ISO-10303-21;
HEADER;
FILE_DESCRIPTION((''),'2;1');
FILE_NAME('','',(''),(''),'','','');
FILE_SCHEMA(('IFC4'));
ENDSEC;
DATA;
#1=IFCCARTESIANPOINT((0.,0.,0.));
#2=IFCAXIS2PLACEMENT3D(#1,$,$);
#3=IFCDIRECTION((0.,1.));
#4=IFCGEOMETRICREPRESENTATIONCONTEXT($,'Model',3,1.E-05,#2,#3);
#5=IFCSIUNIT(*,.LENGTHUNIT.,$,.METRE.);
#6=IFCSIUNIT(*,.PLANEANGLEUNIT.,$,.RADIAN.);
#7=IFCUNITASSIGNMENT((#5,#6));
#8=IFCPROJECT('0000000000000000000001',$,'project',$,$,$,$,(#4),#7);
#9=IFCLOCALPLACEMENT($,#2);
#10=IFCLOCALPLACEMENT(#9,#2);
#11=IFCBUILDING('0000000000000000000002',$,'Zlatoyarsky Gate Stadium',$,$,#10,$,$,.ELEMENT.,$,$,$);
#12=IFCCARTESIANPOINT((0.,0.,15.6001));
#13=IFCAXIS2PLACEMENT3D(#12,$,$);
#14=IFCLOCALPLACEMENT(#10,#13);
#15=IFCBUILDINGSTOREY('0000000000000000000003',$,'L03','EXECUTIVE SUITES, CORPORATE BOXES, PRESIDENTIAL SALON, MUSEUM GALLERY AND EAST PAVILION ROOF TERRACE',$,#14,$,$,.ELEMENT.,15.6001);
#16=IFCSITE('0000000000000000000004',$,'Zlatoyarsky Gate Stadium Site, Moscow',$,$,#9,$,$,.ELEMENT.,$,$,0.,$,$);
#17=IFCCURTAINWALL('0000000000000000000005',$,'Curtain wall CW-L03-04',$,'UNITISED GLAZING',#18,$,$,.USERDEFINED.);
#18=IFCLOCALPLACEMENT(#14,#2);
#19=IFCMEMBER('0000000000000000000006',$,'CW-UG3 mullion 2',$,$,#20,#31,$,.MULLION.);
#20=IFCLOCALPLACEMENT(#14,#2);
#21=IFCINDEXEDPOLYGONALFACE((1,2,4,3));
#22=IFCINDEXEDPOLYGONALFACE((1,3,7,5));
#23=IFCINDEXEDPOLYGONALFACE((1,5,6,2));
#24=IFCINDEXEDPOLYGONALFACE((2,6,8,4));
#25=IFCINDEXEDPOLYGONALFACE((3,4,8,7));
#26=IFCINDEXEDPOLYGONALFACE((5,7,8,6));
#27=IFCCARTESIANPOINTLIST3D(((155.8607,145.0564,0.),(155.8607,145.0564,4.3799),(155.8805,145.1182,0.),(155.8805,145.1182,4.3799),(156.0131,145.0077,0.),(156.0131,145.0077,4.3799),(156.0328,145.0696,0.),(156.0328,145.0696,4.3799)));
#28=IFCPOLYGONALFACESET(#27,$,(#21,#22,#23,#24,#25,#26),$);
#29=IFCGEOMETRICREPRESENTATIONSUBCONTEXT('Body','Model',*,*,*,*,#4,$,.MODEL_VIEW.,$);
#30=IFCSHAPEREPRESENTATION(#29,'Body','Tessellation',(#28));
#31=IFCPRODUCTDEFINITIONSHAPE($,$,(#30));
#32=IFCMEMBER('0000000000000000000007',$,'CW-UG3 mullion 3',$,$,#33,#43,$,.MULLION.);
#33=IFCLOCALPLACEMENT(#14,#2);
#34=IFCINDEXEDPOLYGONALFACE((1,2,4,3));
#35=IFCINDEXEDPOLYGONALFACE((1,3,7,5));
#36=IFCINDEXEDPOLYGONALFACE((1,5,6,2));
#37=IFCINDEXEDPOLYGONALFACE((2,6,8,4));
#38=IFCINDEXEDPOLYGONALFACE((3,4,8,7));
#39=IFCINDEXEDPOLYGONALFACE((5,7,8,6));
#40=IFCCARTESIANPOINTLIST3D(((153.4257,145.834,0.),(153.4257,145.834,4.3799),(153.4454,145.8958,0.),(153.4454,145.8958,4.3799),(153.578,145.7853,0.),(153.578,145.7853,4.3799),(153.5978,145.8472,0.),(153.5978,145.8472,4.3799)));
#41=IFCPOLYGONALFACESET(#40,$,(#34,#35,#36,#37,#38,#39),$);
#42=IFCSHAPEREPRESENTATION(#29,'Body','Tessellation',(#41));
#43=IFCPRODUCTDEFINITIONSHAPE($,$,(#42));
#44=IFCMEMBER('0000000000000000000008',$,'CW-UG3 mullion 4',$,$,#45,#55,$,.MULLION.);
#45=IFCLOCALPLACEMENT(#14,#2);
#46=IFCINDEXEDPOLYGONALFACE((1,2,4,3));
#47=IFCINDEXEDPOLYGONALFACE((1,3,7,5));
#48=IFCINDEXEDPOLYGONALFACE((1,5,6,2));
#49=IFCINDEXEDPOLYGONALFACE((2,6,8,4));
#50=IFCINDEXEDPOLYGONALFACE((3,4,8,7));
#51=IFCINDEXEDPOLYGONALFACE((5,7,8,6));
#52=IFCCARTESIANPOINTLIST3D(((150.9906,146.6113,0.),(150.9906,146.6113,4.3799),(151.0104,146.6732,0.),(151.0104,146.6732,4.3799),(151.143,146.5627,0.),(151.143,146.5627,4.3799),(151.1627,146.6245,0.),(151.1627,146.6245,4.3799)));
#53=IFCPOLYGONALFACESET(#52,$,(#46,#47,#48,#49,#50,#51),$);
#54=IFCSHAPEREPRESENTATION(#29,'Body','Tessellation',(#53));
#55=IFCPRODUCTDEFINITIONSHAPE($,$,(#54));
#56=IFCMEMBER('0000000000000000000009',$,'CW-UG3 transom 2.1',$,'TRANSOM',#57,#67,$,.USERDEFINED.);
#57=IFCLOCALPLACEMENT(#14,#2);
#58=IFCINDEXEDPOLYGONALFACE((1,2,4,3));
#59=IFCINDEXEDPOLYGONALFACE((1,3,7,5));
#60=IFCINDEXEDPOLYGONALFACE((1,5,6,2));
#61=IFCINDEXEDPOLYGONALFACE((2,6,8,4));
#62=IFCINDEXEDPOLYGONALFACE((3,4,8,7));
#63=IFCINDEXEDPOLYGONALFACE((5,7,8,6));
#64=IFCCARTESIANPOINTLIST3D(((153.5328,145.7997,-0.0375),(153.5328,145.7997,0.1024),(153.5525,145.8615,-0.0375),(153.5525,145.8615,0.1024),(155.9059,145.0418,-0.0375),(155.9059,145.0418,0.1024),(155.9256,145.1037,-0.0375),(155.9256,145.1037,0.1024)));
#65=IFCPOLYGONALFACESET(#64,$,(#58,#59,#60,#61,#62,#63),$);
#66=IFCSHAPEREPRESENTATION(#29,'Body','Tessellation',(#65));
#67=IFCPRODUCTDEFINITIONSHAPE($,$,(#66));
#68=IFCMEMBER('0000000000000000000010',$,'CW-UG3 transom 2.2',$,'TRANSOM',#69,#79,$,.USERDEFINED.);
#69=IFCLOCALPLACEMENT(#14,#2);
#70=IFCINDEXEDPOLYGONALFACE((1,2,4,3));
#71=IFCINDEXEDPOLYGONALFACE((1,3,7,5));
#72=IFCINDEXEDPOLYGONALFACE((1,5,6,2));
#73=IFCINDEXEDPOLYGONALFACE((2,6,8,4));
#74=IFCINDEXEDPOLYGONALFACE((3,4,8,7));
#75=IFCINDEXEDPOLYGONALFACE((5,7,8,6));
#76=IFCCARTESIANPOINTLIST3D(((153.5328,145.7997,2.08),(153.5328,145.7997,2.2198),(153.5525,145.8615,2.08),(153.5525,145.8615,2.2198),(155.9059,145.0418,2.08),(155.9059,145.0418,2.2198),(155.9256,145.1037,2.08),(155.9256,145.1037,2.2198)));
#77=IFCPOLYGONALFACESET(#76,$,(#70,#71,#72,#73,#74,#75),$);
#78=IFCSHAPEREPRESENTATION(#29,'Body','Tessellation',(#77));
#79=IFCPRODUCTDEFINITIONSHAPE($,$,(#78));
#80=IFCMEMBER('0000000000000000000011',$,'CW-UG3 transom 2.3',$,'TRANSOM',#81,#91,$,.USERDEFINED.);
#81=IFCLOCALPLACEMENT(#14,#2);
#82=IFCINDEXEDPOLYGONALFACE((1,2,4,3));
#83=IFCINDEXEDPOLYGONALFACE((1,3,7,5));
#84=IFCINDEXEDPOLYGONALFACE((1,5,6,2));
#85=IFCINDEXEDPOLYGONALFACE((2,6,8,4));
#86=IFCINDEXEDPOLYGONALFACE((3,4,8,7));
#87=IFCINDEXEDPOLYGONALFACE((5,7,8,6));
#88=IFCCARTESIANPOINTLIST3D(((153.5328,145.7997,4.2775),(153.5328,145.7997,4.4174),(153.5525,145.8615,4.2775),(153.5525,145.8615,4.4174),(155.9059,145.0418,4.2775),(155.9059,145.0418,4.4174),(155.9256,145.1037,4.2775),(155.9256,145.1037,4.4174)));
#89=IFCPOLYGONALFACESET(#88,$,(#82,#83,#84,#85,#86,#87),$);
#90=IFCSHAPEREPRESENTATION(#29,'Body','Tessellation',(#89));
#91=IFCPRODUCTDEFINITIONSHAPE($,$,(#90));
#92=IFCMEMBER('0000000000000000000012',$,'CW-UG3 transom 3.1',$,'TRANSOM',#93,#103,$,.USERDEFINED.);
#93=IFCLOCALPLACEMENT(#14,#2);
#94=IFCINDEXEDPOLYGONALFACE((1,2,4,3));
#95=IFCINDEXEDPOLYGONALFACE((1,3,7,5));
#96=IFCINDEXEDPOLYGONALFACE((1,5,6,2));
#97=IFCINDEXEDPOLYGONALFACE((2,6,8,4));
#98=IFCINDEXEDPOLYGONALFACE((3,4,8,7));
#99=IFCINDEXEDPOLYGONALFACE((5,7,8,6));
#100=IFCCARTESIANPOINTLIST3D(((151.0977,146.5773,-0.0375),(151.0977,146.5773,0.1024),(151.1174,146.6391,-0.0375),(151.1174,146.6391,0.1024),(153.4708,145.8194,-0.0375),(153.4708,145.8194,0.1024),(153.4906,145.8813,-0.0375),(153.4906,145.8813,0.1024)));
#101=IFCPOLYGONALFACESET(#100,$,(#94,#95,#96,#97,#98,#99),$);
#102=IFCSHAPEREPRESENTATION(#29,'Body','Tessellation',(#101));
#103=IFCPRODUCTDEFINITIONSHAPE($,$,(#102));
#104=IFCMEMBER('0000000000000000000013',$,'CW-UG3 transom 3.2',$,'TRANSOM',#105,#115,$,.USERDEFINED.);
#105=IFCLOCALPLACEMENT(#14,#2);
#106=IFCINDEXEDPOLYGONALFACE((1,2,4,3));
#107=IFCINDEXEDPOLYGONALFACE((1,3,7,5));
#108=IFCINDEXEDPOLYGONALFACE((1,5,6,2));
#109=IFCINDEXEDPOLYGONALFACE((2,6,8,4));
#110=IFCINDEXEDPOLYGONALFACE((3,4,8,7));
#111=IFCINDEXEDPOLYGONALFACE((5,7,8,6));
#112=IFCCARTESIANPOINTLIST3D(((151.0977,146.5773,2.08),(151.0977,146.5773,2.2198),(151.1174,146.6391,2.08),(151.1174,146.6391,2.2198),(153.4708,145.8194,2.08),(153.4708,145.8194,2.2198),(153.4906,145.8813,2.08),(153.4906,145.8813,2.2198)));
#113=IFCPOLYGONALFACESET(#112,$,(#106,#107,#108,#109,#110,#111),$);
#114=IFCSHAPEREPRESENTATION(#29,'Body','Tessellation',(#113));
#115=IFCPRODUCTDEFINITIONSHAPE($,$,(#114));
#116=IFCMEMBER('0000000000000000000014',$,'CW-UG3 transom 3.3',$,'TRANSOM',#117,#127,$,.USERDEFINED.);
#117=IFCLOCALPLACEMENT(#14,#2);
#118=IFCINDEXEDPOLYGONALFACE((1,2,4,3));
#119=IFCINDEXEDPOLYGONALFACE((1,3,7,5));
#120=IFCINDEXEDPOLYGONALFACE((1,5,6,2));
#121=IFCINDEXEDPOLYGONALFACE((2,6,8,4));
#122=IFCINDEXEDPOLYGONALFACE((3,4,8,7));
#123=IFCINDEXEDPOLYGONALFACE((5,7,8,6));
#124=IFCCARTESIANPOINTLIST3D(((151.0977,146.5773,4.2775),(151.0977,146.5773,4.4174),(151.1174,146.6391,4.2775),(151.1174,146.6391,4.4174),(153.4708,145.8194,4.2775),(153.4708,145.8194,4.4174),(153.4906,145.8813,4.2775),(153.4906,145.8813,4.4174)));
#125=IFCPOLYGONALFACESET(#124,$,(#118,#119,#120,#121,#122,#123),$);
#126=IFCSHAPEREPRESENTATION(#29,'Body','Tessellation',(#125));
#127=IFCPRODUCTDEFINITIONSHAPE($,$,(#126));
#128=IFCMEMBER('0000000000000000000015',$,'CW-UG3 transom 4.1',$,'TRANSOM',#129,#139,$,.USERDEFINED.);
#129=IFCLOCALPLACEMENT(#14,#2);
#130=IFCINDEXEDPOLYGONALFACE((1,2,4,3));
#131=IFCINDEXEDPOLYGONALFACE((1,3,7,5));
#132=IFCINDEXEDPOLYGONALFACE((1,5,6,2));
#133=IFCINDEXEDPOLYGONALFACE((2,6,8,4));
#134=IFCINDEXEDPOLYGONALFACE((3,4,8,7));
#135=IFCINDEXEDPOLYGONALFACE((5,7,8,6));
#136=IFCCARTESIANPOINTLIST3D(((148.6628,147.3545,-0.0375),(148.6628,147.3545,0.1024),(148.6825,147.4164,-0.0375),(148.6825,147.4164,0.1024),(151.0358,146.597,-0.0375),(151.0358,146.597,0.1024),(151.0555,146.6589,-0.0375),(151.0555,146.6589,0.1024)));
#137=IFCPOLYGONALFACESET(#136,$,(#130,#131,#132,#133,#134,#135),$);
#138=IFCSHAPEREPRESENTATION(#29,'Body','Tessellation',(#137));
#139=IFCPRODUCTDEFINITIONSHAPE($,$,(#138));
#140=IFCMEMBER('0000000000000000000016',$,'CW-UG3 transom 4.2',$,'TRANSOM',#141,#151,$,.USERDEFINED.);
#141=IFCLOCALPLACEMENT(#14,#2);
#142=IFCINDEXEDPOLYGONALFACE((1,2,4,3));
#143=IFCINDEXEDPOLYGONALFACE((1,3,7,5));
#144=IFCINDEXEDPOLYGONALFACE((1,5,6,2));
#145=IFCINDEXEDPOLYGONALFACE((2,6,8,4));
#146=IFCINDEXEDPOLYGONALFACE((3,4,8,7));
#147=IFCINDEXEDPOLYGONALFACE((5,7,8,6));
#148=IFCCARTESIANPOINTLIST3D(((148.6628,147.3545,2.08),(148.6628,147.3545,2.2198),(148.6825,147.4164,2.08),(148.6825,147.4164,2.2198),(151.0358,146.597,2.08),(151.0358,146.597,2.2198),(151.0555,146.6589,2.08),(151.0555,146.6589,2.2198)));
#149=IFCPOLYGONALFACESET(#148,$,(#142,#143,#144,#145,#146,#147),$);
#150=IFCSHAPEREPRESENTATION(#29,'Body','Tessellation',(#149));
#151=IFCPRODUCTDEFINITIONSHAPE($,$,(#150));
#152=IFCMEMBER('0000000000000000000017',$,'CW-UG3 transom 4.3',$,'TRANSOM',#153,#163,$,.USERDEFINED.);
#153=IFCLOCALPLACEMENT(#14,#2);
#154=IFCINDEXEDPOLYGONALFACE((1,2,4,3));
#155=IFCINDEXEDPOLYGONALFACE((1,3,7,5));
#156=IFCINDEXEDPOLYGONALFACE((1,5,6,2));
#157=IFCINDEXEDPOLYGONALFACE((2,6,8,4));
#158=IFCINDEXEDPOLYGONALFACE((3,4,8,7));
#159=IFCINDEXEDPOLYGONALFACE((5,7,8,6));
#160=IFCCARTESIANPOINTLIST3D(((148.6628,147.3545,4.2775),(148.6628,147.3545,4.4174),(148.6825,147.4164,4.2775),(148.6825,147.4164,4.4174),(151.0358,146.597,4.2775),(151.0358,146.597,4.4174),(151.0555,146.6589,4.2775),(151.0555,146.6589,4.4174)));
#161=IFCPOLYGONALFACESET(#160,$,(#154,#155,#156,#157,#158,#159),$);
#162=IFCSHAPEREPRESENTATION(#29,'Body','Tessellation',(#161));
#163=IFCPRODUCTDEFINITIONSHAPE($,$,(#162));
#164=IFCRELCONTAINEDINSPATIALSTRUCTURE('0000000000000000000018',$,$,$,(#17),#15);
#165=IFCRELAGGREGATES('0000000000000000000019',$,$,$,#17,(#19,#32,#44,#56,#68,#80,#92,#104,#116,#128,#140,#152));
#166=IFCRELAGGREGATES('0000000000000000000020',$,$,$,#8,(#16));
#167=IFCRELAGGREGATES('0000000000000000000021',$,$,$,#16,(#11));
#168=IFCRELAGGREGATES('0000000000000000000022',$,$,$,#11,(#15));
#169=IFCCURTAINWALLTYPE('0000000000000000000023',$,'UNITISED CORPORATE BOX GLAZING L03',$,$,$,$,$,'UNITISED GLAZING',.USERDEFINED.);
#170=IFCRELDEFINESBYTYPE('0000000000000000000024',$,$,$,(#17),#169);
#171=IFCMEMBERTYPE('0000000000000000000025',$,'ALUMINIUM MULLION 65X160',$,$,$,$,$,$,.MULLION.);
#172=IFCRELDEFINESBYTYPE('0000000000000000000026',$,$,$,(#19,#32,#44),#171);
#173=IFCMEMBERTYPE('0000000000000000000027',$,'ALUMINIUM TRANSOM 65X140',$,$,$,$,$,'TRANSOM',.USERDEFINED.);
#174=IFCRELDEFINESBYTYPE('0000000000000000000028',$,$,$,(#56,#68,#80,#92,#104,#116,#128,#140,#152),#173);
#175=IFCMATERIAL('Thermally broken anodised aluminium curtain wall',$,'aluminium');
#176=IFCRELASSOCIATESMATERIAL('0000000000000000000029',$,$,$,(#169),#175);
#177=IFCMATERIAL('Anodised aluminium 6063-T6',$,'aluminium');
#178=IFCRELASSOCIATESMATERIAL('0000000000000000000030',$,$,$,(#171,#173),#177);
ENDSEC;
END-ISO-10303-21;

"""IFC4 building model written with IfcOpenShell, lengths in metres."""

from ifc_helpers import new_model, si_unit, direction, frame, origin, origin_2d, place, context, subcontext, project, spatial, rectangle, extrude, material, material_profile, profile_set, type_object, element, aggregate, save


model = new_model("IFC4")

# Units and contexts
model_context = context("Model", 3, precision=1e-05, world=origin(), true_north=direction((0.0, 1.0)))
body_context = subcontext(model_context, "Body", "Model", "MODEL_VIEW")
ifc_project = project(units=[si_unit("LENGTHUNIT", "METRE"), si_unit("PLANEANGLEUNIT", "RADIAN")], contexts=[model_context])

# Site, building, storey
site_placement = place(None, origin())
site = spatial("IfcSite", under=ifc_project, at=site_placement, Name="Zlatoyarsky Gate Stadium Site, Moscow", CompositionType="ELEMENT", RefElevation=0.0)
building_placement = place(site_placement, origin())
building = spatial("IfcBuilding", under=site, at=building_placement, Name="Zlatoyarsky Gate Stadium", CompositionType="ELEMENT")
storey_placement = place(building_placement, frame((0.0, 0.0, 15.6001)))
storey = spatial("IfcBuildingStorey", under=building, at=storey_placement, Name="L03", Description="EXECUTIVE SUITES, CORPORATE BOXES, PRESIDENTIAL SALON, MUSEUM GALLERY AND EAST PAVILION ROOF TERRACE", CompositionType="ELEMENT", Elevation=15.6001)

# Curtain wall, members
ifc_material_1 = material(Name="Thermally broken anodised aluminium curtain wall", Category="aluminium")
curtain_wall_type = type_object("IfcCurtainWallType", Name="UNITISED CORPORATE BOX GLAZING L03", ElementType="UNITISED GLAZING", PredefinedType="USERDEFINED", material=ifc_material_1)
curtain_wall_placement = place(storey_placement, origin())
curtain_wall = element("IfcCurtainWall", 1, at=curtain_wall_placement, inside=storey, type_object=curtain_wall_type, Name="Curtain wall CW-L03-04", ObjectType="UNITISED GLAZING", PredefinedType="USERDEFINED")
ifc_material_2 = material(Name="Anodised aluminium 6063-T6", Category="aluminium")
ifc_material_profile_1 = material_profile(ifc_material_2, rectangle(XDim=0.0649, YDim=0.1599, at=origin_2d()), Name="ALU 65X160")
ifc_profile_set_1 = profile_set([ifc_material_profile_1], Name="Anodised aluminium 6063-T6")
member_type_1 = type_object("IfcMemberType", Name="ALUMINIUM MULLION 65X160", PredefinedType="MULLION", material=ifc_profile_set_1)
member_1_placement = place(storey_placement, frame((155.9468, 145.063, 0.0), z_axis=(0.0, 0.0, 1.0), x_axis=(-0.304162, -0.95262, 0.0)))
member_1 = element("IfcMember", 2, at=member_1_placement, type_object=member_type_1, Name="CW-UG3 mullion 2", PredefinedType="MULLION", context=body_context, shape_type="SweptSolid", body=[
    extrude(rectangle(XDim=0.0649, YDim=0.1599, at=origin_2d()), origin(), (0.0, 0.0, 1.0), 4.3799),
])
member_2_placement = place(storey_placement, frame((153.5117, 145.8406, 0.0), z_axis=(0.0, 0.0, 1.0), x_axis=(-0.304162, -0.95262, 0.0)))
member_2 = element("IfcMember", 3, at=member_2_placement, type_object=member_type_1, Name="CW-UG3 mullion 3", PredefinedType="MULLION", context=body_context, shape_type="SweptSolid", body=[
    extrude(rectangle(XDim=0.0649, YDim=0.1599, at=origin_2d()), origin(), (0.0, 0.0, 1.0), 4.3799),
])
member_3_placement = place(storey_placement, frame((151.0767, 146.6179, 0.0), z_axis=(0.0, 0.0, 1.0), x_axis=(-0.304162, -0.95262, 0.0)))
member_3 = element("IfcMember", 4, at=member_3_placement, type_object=member_type_1, Name="CW-UG3 mullion 4", PredefinedType="MULLION", context=body_context, shape_type="SweptSolid", body=[
    extrude(rectangle(XDim=0.0649, YDim=0.1599, at=origin_2d()), origin(), (0.0, 0.0, 1.0), 4.3799),
])
ifc_material_profile_2 = material_profile(ifc_material_2, rectangle(XDim=0.0649, YDim=0.1399, at=origin_2d()), Name="ALU 65X140")
ifc_profile_set_2 = profile_set([ifc_material_profile_2], Name="Anodised aluminium 6063-T6")
member_type_2 = type_object("IfcMemberType", Name="ALUMINIUM TRANSOM 65X140", ElementType="TRANSOM", PredefinedType="USERDEFINED", material=ifc_profile_set_2)
member_4_placement = place(storey_placement, frame((155.9158, 145.0728, 0.0325), z_axis=(-0.952606, 0.304207, 0.0), x_axis=(-0.304207, -0.952606, 0.0)))
member_4 = element("IfcMember", 5, at=member_4_placement, type_object=member_type_2, Name="CW-UG3 transom 2.1", ObjectType="TRANSOM", PredefinedType="USERDEFINED", context=body_context, shape_type="SweptSolid", body=[
    extrude(rectangle(XDim=0.0649, YDim=0.1399, at=origin_2d()), origin(), (0.0, 0.0, 1.0), 2.4912),
])
member_5_placement = place(storey_placement, frame((155.9158, 145.0728, 2.1499), z_axis=(-0.952606, 0.304207, 0.0), x_axis=(-0.304207, -0.952606, 0.0)))
member_5 = element("IfcMember", 6, at=member_5_placement, type_object=member_type_2, Name="CW-UG3 transom 2.2", ObjectType="TRANSOM", PredefinedType="USERDEFINED", context=body_context, shape_type="SweptSolid", body=[
    extrude(rectangle(XDim=0.0649, YDim=0.1399, at=origin_2d()), origin(), (0.0, 0.0, 1.0), 2.4912),
])
member_6_placement = place(storey_placement, frame((155.9158, 145.0728, 4.3474), z_axis=(-0.952606, 0.304207, 0.0), x_axis=(-0.304207, -0.952606, 0.0)))
member_6 = element("IfcMember", 7, at=member_6_placement, type_object=member_type_2, Name="CW-UG3 transom 2.3", ObjectType="TRANSOM", PredefinedType="USERDEFINED", context=body_context, shape_type="SweptSolid", body=[
    extrude(rectangle(XDim=0.0649, YDim=0.1399, at=origin_2d()), origin(), (0.0, 0.0, 1.0), 2.4912),
])
member_7_placement = place(storey_placement, frame((153.4807, 145.8503, 0.0325), z_axis=(-0.952606, 0.304207, 0.0), x_axis=(-0.304207, -0.952606, 0.0)))
member_7 = element("IfcMember", 8, at=member_7_placement, type_object=member_type_2, Name="CW-UG3 transom 3.1", ObjectType="TRANSOM", PredefinedType="USERDEFINED", context=body_context, shape_type="SweptSolid", body=[
    extrude(rectangle(XDim=0.0649, YDim=0.1399, at=origin_2d()), origin(), (0.0, 0.0, 1.0), 2.4912),
])
member_8_placement = place(storey_placement, frame((153.4807, 145.8503, 2.1499), z_axis=(-0.952606, 0.304207, 0.0), x_axis=(-0.304207, -0.952606, 0.0)))
member_8 = element("IfcMember", 9, at=member_8_placement, type_object=member_type_2, Name="CW-UG3 transom 3.2", ObjectType="TRANSOM", PredefinedType="USERDEFINED", context=body_context, shape_type="SweptSolid", body=[
    extrude(rectangle(XDim=0.0649, YDim=0.1399, at=origin_2d()), origin(), (0.0, 0.0, 1.0), 2.4912),
])
member_9_placement = place(storey_placement, frame((153.4807, 145.8503, 4.3474), z_axis=(-0.952606, 0.304207, 0.0), x_axis=(-0.304207, -0.952606, 0.0)))
member_9 = element("IfcMember", 10, at=member_9_placement, type_object=member_type_2, Name="CW-UG3 transom 3.3", ObjectType="TRANSOM", PredefinedType="USERDEFINED", context=body_context, shape_type="SweptSolid", body=[
    extrude(rectangle(XDim=0.0649, YDim=0.1399, at=origin_2d()), origin(), (0.0, 0.0, 1.0), 2.4912),
])
member_10_placement = place(storey_placement, frame((151.0457, 146.6279, 0.0325), z_axis=(-0.952634, 0.304118, 0.0), x_axis=(-0.304118, -0.952634, 0.0)))
member_10 = element("IfcMember", 11, at=member_10_placement, type_object=member_type_2, Name="CW-UG3 transom 4.1", ObjectType="TRANSOM", PredefinedType="USERDEFINED", context=body_context, shape_type="SweptSolid", body=[
    extrude(rectangle(XDim=0.0649, YDim=0.1399, at=origin_2d()), origin(), (0.0, 0.0, 1.0), 2.491),
])
member_11_placement = place(storey_placement, frame((151.0457, 146.6279, 2.1499), z_axis=(-0.952634, 0.304118, 0.0), x_axis=(-0.304118, -0.952634, 0.0)))
member_11 = element("IfcMember", 12, at=member_11_placement, type_object=member_type_2, Name="CW-UG3 transom 4.2", ObjectType="TRANSOM", PredefinedType="USERDEFINED", context=body_context, shape_type="SweptSolid", body=[
    extrude(rectangle(XDim=0.0649, YDim=0.1399, at=origin_2d()), origin(), (0.0, 0.0, 1.0), 2.491),
])
member_12_placement = place(storey_placement, frame((151.0457, 146.6279, 4.3474), z_axis=(-0.952634, 0.304118, 0.0), x_axis=(-0.304118, -0.952634, 0.0)))
member_12 = element("IfcMember", 13, at=member_12_placement, type_object=member_type_2, Name="CW-UG3 transom 4.3", ObjectType="TRANSOM", PredefinedType="USERDEFINED", context=body_context, shape_type="SweptSolid", body=[
    extrude(rectangle(XDim=0.0649, YDim=0.1399, at=origin_2d()), origin(), (0.0, 0.0, 1.0), 2.491),
])

aggregate(curtain_wall, [member_1, member_2, member_3, member_4, member_5, member_6, member_7, member_8, member_9, member_10, member_11, member_12])

save(model, "model.ifc")
